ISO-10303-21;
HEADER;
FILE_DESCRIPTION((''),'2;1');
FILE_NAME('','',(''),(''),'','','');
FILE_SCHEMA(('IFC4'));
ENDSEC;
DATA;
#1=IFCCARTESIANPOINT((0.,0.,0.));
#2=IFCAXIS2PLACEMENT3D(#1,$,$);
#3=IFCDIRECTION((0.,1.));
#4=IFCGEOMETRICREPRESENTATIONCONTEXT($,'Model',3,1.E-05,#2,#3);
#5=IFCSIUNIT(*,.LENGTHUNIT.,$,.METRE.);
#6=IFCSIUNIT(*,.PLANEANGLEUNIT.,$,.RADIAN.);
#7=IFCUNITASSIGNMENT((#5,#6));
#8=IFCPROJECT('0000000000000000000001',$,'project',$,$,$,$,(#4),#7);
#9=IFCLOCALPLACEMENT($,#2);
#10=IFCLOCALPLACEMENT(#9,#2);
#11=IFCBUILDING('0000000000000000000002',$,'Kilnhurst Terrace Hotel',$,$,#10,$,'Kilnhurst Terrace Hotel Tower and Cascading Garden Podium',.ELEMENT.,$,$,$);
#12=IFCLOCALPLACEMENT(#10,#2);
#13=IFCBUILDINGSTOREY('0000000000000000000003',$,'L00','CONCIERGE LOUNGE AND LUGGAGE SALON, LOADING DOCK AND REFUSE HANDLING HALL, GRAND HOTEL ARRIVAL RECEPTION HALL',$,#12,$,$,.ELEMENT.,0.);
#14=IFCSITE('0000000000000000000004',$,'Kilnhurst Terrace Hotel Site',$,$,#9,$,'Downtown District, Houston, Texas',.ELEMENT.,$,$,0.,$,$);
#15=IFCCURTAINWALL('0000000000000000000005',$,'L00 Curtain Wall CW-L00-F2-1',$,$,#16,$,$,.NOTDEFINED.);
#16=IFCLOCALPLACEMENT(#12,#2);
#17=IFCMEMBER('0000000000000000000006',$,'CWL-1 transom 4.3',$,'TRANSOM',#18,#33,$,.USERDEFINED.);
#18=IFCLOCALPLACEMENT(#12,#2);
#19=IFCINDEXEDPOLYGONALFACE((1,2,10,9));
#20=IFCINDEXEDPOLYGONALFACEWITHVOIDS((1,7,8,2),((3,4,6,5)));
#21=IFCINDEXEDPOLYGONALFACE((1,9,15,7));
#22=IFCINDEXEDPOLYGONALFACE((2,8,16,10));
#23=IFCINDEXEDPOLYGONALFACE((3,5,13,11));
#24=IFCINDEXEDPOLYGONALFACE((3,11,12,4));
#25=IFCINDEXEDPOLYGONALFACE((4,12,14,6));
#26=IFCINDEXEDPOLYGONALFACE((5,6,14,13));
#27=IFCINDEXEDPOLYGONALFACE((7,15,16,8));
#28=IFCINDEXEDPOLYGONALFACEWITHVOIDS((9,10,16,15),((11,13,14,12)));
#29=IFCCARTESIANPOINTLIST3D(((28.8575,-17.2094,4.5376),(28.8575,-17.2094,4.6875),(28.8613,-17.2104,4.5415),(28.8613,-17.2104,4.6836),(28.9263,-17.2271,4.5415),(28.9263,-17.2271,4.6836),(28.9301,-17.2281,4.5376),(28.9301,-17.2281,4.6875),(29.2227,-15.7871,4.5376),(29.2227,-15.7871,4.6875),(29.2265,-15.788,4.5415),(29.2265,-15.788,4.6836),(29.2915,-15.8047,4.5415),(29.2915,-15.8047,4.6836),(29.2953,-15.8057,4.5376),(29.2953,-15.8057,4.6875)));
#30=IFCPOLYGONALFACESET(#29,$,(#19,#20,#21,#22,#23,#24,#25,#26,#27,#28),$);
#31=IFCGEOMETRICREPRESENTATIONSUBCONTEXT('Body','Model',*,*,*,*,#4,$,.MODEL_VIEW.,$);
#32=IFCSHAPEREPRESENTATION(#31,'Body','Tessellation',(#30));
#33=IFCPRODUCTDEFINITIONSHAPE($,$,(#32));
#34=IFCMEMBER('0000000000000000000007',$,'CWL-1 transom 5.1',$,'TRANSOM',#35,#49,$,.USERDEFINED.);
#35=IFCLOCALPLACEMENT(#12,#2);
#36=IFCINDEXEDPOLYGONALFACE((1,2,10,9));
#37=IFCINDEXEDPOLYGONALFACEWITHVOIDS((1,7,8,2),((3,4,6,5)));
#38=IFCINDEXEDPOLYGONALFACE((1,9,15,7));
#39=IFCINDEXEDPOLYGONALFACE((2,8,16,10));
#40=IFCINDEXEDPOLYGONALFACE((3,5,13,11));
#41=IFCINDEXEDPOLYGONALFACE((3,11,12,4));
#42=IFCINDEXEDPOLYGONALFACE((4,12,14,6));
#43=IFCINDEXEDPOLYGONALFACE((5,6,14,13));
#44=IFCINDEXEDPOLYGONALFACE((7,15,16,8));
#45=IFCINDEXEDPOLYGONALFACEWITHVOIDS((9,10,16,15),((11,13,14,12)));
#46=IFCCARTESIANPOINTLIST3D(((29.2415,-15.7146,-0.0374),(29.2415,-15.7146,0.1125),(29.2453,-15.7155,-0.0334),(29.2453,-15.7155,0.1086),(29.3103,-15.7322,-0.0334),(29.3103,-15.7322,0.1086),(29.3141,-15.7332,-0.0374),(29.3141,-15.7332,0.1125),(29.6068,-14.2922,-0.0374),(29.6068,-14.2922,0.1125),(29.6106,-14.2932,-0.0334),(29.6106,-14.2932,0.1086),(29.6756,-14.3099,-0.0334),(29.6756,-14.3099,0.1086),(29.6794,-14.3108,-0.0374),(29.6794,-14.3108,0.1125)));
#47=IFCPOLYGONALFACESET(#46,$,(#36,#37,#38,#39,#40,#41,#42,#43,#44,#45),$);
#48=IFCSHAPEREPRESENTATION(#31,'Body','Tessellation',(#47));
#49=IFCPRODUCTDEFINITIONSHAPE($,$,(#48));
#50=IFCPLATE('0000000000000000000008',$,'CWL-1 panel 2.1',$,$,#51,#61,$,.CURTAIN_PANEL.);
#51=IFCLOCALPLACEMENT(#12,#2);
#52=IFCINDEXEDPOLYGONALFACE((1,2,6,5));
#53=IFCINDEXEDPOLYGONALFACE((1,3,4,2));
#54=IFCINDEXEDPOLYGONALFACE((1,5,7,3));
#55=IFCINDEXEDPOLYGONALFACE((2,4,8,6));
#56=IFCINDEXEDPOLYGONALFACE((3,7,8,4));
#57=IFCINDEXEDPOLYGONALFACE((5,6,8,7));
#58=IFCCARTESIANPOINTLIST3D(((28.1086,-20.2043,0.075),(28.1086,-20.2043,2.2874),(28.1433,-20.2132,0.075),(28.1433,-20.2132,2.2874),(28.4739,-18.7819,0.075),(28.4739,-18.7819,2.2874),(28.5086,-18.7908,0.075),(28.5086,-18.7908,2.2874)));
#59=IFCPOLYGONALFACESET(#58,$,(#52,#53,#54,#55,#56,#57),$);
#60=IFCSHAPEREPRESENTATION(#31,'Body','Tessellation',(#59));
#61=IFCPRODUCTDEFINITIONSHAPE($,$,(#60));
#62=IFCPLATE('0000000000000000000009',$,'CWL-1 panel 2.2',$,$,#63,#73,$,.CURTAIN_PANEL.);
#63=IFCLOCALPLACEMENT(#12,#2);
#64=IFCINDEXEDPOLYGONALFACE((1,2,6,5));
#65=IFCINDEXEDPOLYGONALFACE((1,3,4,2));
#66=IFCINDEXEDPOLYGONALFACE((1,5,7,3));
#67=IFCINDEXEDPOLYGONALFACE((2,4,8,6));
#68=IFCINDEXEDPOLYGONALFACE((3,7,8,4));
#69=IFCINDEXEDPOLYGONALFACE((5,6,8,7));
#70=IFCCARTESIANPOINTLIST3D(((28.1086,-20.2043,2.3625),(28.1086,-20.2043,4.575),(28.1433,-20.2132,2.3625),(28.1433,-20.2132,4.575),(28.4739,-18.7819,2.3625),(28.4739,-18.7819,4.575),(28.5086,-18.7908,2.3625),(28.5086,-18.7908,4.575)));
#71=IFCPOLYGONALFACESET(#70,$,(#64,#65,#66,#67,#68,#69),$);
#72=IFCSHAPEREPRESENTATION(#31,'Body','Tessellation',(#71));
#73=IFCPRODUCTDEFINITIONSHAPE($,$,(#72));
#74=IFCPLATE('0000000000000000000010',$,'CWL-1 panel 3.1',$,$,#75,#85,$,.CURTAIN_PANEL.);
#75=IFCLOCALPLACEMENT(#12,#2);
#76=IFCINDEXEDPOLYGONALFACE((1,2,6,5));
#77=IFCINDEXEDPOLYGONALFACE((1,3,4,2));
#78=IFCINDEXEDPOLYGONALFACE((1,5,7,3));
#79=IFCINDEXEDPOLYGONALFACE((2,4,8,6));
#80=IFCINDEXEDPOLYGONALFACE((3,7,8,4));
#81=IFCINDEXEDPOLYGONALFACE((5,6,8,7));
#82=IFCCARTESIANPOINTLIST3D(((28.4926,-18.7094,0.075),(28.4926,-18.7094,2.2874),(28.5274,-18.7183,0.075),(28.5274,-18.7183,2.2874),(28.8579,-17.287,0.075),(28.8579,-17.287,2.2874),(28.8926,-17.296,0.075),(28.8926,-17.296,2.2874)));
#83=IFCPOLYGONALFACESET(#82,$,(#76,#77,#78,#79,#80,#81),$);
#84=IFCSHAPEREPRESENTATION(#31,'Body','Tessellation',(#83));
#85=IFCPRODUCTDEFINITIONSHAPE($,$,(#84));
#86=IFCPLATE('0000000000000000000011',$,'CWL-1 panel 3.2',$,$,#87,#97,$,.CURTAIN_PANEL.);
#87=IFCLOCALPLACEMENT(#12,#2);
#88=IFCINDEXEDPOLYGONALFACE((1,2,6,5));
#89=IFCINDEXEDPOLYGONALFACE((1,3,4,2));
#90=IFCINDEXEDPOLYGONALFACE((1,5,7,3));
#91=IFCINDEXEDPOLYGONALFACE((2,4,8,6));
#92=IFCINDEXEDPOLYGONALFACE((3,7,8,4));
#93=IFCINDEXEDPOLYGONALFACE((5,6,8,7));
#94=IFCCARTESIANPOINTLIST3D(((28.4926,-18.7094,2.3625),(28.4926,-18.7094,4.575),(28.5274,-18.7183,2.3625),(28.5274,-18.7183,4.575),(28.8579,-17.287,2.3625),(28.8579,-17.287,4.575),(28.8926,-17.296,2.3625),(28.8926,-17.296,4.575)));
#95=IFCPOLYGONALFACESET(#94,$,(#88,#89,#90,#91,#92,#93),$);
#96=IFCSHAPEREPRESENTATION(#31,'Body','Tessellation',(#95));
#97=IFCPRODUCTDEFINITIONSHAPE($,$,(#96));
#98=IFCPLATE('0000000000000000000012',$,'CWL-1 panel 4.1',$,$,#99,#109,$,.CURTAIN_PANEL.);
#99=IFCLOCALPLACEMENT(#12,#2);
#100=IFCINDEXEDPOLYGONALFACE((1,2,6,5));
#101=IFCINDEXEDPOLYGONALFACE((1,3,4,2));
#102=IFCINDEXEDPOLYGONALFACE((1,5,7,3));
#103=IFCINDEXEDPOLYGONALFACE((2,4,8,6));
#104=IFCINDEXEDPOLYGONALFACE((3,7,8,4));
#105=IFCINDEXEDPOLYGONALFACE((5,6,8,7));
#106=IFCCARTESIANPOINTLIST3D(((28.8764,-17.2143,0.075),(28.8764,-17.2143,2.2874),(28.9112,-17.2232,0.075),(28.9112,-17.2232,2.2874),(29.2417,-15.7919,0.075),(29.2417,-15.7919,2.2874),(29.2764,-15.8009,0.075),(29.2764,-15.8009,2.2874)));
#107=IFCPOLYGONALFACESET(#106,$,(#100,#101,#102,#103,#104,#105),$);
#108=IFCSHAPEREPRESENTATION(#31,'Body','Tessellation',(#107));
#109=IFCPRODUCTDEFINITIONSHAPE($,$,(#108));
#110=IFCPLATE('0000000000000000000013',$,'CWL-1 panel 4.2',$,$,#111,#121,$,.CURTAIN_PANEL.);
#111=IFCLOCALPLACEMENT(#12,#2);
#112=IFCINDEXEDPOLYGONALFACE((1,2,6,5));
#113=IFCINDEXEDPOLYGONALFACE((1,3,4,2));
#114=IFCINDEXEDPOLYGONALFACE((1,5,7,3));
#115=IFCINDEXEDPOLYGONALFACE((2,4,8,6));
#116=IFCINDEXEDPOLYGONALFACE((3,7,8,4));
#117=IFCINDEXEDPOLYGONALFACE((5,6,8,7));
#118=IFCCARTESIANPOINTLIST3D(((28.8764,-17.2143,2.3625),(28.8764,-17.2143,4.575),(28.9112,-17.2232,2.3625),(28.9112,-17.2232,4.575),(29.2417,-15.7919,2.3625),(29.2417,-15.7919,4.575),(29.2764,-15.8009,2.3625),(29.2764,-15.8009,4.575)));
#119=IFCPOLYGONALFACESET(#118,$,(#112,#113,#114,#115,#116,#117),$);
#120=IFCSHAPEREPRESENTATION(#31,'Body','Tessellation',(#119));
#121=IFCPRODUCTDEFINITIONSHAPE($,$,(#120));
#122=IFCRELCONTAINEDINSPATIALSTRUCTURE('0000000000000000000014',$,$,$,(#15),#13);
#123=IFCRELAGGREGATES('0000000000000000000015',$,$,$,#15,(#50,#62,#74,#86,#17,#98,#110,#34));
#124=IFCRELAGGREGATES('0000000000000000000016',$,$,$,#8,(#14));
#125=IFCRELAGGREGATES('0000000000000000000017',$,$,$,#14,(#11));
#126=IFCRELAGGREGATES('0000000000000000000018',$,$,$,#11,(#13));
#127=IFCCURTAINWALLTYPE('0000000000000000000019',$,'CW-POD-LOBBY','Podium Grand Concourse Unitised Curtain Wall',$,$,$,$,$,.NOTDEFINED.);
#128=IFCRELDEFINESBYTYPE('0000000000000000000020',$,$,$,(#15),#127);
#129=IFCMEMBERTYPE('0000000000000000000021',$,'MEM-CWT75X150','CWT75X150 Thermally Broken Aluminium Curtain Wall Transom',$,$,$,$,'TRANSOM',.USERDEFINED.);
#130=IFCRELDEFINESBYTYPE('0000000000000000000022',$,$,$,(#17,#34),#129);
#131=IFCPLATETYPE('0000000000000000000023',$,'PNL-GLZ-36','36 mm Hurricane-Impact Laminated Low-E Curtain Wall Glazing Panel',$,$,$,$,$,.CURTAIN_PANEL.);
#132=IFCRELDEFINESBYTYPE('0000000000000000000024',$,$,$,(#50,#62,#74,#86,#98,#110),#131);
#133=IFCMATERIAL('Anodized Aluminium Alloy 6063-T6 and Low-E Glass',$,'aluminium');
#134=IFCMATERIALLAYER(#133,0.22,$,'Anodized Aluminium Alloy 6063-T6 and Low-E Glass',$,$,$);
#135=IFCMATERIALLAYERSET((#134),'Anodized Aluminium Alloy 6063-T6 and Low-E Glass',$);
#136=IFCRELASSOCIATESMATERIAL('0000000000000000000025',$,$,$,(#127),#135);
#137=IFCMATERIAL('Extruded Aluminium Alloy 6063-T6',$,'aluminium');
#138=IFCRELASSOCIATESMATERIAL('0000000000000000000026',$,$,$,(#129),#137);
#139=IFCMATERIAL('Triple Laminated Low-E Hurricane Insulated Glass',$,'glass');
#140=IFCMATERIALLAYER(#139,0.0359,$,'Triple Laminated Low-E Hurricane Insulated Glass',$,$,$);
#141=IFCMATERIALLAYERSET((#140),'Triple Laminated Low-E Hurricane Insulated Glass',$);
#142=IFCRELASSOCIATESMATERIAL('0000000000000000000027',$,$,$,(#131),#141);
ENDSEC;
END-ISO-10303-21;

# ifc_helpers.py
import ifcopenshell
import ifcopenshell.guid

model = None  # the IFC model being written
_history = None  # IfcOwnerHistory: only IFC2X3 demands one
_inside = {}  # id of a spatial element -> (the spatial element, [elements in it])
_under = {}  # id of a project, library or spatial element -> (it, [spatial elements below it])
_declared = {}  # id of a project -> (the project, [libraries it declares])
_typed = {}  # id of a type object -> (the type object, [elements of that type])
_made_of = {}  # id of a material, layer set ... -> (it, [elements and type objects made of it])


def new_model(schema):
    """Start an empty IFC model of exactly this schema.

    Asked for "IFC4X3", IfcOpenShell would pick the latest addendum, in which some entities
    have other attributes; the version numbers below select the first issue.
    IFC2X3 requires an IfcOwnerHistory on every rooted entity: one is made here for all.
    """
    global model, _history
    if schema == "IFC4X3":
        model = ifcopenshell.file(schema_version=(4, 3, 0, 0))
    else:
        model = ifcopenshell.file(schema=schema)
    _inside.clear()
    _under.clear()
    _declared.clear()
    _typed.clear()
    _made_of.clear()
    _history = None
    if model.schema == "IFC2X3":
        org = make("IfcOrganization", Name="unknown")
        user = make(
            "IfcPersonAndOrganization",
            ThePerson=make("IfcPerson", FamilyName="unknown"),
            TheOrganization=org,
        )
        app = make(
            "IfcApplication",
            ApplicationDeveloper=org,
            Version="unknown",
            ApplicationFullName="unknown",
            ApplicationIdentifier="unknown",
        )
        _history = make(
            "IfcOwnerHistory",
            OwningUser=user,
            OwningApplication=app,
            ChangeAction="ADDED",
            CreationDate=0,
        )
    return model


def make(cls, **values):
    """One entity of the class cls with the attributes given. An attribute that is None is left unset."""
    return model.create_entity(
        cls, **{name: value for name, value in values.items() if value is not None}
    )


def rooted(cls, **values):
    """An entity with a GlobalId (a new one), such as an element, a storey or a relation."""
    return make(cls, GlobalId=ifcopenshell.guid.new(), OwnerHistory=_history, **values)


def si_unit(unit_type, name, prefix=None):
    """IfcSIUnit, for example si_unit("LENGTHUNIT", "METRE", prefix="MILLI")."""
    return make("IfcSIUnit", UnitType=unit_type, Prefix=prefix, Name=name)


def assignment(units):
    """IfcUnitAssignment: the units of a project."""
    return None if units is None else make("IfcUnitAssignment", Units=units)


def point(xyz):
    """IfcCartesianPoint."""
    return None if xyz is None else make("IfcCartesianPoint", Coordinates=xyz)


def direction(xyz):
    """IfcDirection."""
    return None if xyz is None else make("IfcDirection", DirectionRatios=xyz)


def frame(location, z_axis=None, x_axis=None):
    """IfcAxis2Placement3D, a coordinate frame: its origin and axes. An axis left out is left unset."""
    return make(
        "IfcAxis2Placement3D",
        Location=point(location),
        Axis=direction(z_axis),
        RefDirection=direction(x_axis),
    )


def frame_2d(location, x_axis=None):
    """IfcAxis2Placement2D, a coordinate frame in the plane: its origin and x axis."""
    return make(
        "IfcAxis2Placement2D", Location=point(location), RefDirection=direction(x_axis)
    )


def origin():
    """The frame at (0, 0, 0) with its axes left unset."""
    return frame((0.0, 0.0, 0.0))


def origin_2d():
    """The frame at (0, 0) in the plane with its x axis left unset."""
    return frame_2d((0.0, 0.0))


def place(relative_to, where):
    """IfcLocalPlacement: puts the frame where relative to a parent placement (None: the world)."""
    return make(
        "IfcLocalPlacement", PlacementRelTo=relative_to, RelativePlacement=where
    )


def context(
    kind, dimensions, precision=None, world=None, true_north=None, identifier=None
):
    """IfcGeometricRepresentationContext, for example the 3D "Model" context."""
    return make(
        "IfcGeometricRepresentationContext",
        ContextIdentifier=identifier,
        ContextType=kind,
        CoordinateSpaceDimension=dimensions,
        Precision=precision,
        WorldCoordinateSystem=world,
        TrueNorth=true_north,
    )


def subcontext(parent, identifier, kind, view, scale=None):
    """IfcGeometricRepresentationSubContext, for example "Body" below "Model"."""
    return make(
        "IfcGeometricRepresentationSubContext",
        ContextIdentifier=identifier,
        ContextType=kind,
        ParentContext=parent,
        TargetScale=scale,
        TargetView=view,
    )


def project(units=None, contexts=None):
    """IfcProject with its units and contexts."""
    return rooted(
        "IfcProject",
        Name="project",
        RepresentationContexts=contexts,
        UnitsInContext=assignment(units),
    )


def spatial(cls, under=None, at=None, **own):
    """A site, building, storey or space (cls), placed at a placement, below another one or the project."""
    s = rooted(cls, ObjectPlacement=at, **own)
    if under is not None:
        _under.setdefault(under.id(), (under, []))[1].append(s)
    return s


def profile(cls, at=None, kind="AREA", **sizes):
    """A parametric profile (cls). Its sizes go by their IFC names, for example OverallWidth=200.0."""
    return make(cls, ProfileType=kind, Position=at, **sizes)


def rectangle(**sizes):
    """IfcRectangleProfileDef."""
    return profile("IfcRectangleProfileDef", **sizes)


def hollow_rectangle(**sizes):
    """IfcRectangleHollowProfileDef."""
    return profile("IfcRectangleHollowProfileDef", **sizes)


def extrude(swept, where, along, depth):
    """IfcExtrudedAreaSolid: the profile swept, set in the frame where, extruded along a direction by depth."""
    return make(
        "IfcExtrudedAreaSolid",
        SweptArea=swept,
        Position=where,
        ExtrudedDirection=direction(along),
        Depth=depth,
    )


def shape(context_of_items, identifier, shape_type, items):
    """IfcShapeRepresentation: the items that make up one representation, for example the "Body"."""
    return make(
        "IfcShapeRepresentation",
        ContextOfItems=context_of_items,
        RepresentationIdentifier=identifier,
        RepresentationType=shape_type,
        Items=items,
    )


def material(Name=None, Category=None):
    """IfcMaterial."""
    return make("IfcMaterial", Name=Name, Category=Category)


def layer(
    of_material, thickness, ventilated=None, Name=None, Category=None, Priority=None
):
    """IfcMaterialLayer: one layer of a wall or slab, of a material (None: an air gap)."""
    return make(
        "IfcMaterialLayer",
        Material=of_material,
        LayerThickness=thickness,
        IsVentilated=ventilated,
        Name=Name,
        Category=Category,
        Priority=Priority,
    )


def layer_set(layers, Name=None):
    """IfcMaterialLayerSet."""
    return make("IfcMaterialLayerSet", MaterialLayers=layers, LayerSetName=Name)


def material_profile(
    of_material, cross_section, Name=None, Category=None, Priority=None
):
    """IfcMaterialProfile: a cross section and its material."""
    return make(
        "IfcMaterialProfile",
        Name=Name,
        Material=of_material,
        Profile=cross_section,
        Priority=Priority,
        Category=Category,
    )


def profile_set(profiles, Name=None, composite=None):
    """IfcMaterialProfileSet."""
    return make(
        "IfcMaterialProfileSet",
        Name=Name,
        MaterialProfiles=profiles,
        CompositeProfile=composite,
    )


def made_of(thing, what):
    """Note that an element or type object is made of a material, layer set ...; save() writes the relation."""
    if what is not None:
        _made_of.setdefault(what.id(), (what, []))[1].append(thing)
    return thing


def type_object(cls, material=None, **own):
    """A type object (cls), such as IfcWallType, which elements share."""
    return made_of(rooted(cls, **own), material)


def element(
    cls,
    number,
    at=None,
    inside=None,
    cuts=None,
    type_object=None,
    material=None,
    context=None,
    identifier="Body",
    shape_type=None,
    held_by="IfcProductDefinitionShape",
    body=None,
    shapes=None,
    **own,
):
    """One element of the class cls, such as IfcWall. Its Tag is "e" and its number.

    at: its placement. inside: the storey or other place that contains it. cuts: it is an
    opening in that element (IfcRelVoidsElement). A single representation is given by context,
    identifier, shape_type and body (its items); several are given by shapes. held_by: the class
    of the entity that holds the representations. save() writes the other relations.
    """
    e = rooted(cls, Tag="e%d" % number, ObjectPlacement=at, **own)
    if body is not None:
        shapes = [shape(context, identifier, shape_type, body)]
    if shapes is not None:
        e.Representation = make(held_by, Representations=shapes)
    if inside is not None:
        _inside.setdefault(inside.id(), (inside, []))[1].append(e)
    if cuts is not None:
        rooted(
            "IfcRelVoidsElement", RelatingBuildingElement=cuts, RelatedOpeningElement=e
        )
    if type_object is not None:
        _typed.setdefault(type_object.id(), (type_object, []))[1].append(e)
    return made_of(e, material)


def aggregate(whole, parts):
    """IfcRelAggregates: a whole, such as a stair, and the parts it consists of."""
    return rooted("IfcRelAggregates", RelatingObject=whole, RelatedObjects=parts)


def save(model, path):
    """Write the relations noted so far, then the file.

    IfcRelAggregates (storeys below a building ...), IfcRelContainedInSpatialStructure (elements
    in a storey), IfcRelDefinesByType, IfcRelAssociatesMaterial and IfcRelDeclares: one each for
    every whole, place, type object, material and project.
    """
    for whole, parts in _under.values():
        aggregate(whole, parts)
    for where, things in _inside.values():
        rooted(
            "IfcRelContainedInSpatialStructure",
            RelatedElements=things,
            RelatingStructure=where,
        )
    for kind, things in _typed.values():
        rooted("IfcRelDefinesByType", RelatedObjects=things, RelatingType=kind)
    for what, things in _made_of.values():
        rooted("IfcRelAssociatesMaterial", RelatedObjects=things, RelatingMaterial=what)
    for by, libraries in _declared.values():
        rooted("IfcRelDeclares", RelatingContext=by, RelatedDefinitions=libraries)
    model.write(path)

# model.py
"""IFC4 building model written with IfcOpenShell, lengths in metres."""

from ifc_helpers import new_model, si_unit, direction, frame, origin, origin_2d, place, context, subcontext, project, spatial, rectangle, hollow_rectangle, extrude, material, layer, layer_set, material_profile, profile_set, type_object, element, aggregate, save


model = new_model("IFC4")

# Units and contexts
model_context = context("Model", 3, precision=1e-05, world=origin(), true_north=direction((0.0, 1.0)))
body_context = subcontext(model_context, "Body", "Model", "MODEL_VIEW")
ifc_project = project(units=[si_unit("LENGTHUNIT", "METRE"), si_unit("PLANEANGLEUNIT", "RADIAN")], contexts=[model_context])

# Site, building, storey
site_placement = place(None, origin())
site = spatial("IfcSite", under=ifc_project, at=site_placement, Name="Kilnhurst Terrace Hotel Site", LongName="Downtown District, Houston, Texas", CompositionType="ELEMENT", RefElevation=0.0)
building_placement = place(site_placement, origin())
building = spatial("IfcBuilding", under=site, at=building_placement, Name="Kilnhurst Terrace Hotel", LongName="Kilnhurst Terrace Hotel Tower and Cascading Garden Podium", CompositionType="ELEMENT")
storey_placement = place(building_placement, origin())
storey = spatial("IfcBuildingStorey", under=building, at=storey_placement, Name="L00", Description="CONCIERGE LOUNGE AND LUGGAGE SALON, LOADING DOCK AND REFUSE HANDLING HALL, GRAND HOTEL ARRIVAL RECEPTION HALL", CompositionType="ELEMENT", Elevation=0.0)

# Curtain wall, members, plates
ifc_material_1 = material(Name="Anodized Aluminium Alloy 6063-T6 and Low-E Glass", Category="aluminium")
ifc_layer_1 = layer(ifc_material_1, 0.22, Name="Anodized Aluminium Alloy 6063-T6 and Low-E Glass")
ifc_layer_set_1 = layer_set([ifc_layer_1], Name="Anodized Aluminium Alloy 6063-T6 and Low-E Glass")
curtain_wall_type = type_object("IfcCurtainWallType", Name="CW-POD-LOBBY", Description="Podium Grand Concourse Unitised Curtain Wall", PredefinedType="NOTDEFINED", material=ifc_layer_set_1)
curtain_wall_placement = place(storey_placement, origin())
curtain_wall = element("IfcCurtainWall", 1, at=curtain_wall_placement, inside=storey, type_object=curtain_wall_type, Name="L00 Curtain Wall CW-L00-F2-1", PredefinedType="NOTDEFINED")
ifc_material_2 = material(Name="Extruded Aluminium Alloy 6063-T6", Category="aluminium")
ifc_material_profile_1 = material_profile(ifc_material_2, hollow_rectangle(XDim=0.075, YDim=0.1499, WallThickness=0.0039, at=origin_2d()), Name="CWT75X150")
ifc_profile_set_1 = profile_set([ifc_material_profile_1], Name="Extruded Aluminium Alloy 6063-T6")
member_type_1 = type_object("IfcMemberType", Name="MEM-CWT75X150", Description="CWT75X150 Thermally Broken Aluminium Curtain Wall Transom", ElementType="TRANSOM", PredefinedType="USERDEFINED", material=ifc_profile_set_1)
member_1_placement = place(storey_placement, frame((28.8938, -17.2188, 4.6125), z_axis=(0.248711, 0.968578, 0.0), x_axis=(-0.968578, 0.248711, 0.0)))
member_1 = element("IfcMember", 2, at=member_1_placement, type_object=member_type_1, Name="CWL-1 transom 4.3", ObjectType="TRANSOM", PredefinedType="USERDEFINED", context=body_context, shape_type="SweptSolid", body=[
    extrude(hollow_rectangle(XDim=0.075, YDim=0.1499, WallThickness=0.0039, at=origin_2d()), origin(), (0.0, 0.0, 1.0), 1.4685),
])
member_2_placement = place(storey_placement, frame((29.2778, -15.7239, 0.0376), z_axis=(0.248711, 0.968578, 0.0), x_axis=(-0.968578, 0.248711, 0.0)))
member_2 = element("IfcMember", 3, at=member_2_placement, type_object=member_type_1, Name="CWL-1 transom 5.1", ObjectType="TRANSOM", PredefinedType="USERDEFINED", context=body_context, shape_type="SweptSolid", body=[
    extrude(hollow_rectangle(XDim=0.075, YDim=0.1499, WallThickness=0.0039, at=origin_2d()), origin(), (0.0, 0.0, 1.0), 1.4685),
])
ifc_material_3 = material(Name="Triple Laminated Low-E Hurricane Insulated Glass", Category="glass")
ifc_layer_2 = layer(ifc_material_3, 0.0359, Name="Triple Laminated Low-E Hurricane Insulated Glass")
ifc_layer_set_2 = layer_set([ifc_layer_2], Name="Triple Laminated Low-E Hurricane Insulated Glass")
plate_type = type_object("IfcPlateType", Name="PNL-GLZ-36", Description="36 mm Hurricane-Impact Laminated Low-E Curtain Wall Glazing Panel", PredefinedType="CURTAIN_PANEL", material=ifc_layer_set_2)
plate_1_placement = place(storey_placement, frame((28.3086, -19.4976, 0.075), z_axis=(0.0, 0.0, 1.0), x_axis=(0.24874, 0.96857, 0.0)))
plate_1 = element("IfcPlate", 4, at=plate_1_placement, type_object=plate_type, Name="CWL-1 panel 2.1", PredefinedType="CURTAIN_PANEL", context=body_context, shape_type="SweptSolid", body=[
    extrude(rectangle(XDim=1.4685, YDim=0.0359, at=origin_2d()), origin(), (0.0, 0.0, 1.0), 2.2124),
])
plate_2_placement = place(storey_placement, frame((28.3086, -19.4976, 2.3625), z_axis=(0.0, 0.0, 1.0), x_axis=(0.24874, 0.96857, 0.0)))
plate_2 = element("IfcPlate", 5, at=plate_2_placement, type_object=plate_type, Name="CWL-1 panel 2.2", PredefinedType="CURTAIN_PANEL", context=body_context, shape_type="SweptSolid", body=[
    extrude(rectangle(XDim=1.4685, YDim=0.0359, at=origin_2d()), origin(), (0.0, 0.0, 1.0), 2.2124),
])
plate_3_placement = place(storey_placement, frame((28.6926, -18.0027, 0.075), z_axis=(0.0, 0.0, 1.0), x_axis=(0.24874, 0.96857, 0.0)))
plate_3 = element("IfcPlate", 6, at=plate_3_placement, type_object=plate_type, Name="CWL-1 panel 3.1", PredefinedType="CURTAIN_PANEL", context=body_context, shape_type="SweptSolid", body=[
    extrude(rectangle(XDim=1.4685, YDim=0.0359, at=origin_2d()), origin(), (0.0, 0.0, 1.0), 2.2124),
])
plate_4_placement = place(storey_placement, frame((28.6926, -18.0027, 2.3625), z_axis=(0.0, 0.0, 1.0), x_axis=(0.24874, 0.96857, 0.0)))
plate_4 = element("IfcPlate", 7, at=plate_4_placement, type_object=plate_type, Name="CWL-1 panel 3.2", PredefinedType="CURTAIN_PANEL", context=body_context, shape_type="SweptSolid", body=[
    extrude(rectangle(XDim=1.4685, YDim=0.0359, at=origin_2d()), origin(), (0.0, 0.0, 1.0), 2.2124),
])
plate_5_placement = place(storey_placement, frame((29.0764, -16.5076, 0.075), z_axis=(0.0, 0.0, 1.0), x_axis=(0.24874, 0.96857, 0.0)))
plate_5 = element("IfcPlate", 8, at=plate_5_placement, type_object=plate_type, Name="CWL-1 panel 4.1", PredefinedType="CURTAIN_PANEL", context=body_context, shape_type="SweptSolid", body=[
    extrude(rectangle(XDim=1.4685, YDim=0.0359, at=origin_2d()), origin(), (0.0, 0.0, 1.0), 2.2124),
])
plate_6_placement = place(storey_placement, frame((29.0764, -16.5076, 2.3625), z_axis=(0.0, 0.0, 1.0), x_axis=(0.24874, 0.96857, 0.0)))
plate_6 = element("IfcPlate", 9, at=plate_6_placement, type_object=plate_type, Name="CWL-1 panel 4.2", PredefinedType="CURTAIN_PANEL", context=body_context, shape_type="SweptSolid", body=[
    extrude(rectangle(XDim=1.4685, YDim=0.0359, at=origin_2d()), origin(), (0.0, 0.0, 1.0), 2.2124),
])
aggregate(curtain_wall, [plate_1, plate_2, plate_3, plate_4, member_1, plate_5, plate_6, member_2])

save(model, "model.ifc")
